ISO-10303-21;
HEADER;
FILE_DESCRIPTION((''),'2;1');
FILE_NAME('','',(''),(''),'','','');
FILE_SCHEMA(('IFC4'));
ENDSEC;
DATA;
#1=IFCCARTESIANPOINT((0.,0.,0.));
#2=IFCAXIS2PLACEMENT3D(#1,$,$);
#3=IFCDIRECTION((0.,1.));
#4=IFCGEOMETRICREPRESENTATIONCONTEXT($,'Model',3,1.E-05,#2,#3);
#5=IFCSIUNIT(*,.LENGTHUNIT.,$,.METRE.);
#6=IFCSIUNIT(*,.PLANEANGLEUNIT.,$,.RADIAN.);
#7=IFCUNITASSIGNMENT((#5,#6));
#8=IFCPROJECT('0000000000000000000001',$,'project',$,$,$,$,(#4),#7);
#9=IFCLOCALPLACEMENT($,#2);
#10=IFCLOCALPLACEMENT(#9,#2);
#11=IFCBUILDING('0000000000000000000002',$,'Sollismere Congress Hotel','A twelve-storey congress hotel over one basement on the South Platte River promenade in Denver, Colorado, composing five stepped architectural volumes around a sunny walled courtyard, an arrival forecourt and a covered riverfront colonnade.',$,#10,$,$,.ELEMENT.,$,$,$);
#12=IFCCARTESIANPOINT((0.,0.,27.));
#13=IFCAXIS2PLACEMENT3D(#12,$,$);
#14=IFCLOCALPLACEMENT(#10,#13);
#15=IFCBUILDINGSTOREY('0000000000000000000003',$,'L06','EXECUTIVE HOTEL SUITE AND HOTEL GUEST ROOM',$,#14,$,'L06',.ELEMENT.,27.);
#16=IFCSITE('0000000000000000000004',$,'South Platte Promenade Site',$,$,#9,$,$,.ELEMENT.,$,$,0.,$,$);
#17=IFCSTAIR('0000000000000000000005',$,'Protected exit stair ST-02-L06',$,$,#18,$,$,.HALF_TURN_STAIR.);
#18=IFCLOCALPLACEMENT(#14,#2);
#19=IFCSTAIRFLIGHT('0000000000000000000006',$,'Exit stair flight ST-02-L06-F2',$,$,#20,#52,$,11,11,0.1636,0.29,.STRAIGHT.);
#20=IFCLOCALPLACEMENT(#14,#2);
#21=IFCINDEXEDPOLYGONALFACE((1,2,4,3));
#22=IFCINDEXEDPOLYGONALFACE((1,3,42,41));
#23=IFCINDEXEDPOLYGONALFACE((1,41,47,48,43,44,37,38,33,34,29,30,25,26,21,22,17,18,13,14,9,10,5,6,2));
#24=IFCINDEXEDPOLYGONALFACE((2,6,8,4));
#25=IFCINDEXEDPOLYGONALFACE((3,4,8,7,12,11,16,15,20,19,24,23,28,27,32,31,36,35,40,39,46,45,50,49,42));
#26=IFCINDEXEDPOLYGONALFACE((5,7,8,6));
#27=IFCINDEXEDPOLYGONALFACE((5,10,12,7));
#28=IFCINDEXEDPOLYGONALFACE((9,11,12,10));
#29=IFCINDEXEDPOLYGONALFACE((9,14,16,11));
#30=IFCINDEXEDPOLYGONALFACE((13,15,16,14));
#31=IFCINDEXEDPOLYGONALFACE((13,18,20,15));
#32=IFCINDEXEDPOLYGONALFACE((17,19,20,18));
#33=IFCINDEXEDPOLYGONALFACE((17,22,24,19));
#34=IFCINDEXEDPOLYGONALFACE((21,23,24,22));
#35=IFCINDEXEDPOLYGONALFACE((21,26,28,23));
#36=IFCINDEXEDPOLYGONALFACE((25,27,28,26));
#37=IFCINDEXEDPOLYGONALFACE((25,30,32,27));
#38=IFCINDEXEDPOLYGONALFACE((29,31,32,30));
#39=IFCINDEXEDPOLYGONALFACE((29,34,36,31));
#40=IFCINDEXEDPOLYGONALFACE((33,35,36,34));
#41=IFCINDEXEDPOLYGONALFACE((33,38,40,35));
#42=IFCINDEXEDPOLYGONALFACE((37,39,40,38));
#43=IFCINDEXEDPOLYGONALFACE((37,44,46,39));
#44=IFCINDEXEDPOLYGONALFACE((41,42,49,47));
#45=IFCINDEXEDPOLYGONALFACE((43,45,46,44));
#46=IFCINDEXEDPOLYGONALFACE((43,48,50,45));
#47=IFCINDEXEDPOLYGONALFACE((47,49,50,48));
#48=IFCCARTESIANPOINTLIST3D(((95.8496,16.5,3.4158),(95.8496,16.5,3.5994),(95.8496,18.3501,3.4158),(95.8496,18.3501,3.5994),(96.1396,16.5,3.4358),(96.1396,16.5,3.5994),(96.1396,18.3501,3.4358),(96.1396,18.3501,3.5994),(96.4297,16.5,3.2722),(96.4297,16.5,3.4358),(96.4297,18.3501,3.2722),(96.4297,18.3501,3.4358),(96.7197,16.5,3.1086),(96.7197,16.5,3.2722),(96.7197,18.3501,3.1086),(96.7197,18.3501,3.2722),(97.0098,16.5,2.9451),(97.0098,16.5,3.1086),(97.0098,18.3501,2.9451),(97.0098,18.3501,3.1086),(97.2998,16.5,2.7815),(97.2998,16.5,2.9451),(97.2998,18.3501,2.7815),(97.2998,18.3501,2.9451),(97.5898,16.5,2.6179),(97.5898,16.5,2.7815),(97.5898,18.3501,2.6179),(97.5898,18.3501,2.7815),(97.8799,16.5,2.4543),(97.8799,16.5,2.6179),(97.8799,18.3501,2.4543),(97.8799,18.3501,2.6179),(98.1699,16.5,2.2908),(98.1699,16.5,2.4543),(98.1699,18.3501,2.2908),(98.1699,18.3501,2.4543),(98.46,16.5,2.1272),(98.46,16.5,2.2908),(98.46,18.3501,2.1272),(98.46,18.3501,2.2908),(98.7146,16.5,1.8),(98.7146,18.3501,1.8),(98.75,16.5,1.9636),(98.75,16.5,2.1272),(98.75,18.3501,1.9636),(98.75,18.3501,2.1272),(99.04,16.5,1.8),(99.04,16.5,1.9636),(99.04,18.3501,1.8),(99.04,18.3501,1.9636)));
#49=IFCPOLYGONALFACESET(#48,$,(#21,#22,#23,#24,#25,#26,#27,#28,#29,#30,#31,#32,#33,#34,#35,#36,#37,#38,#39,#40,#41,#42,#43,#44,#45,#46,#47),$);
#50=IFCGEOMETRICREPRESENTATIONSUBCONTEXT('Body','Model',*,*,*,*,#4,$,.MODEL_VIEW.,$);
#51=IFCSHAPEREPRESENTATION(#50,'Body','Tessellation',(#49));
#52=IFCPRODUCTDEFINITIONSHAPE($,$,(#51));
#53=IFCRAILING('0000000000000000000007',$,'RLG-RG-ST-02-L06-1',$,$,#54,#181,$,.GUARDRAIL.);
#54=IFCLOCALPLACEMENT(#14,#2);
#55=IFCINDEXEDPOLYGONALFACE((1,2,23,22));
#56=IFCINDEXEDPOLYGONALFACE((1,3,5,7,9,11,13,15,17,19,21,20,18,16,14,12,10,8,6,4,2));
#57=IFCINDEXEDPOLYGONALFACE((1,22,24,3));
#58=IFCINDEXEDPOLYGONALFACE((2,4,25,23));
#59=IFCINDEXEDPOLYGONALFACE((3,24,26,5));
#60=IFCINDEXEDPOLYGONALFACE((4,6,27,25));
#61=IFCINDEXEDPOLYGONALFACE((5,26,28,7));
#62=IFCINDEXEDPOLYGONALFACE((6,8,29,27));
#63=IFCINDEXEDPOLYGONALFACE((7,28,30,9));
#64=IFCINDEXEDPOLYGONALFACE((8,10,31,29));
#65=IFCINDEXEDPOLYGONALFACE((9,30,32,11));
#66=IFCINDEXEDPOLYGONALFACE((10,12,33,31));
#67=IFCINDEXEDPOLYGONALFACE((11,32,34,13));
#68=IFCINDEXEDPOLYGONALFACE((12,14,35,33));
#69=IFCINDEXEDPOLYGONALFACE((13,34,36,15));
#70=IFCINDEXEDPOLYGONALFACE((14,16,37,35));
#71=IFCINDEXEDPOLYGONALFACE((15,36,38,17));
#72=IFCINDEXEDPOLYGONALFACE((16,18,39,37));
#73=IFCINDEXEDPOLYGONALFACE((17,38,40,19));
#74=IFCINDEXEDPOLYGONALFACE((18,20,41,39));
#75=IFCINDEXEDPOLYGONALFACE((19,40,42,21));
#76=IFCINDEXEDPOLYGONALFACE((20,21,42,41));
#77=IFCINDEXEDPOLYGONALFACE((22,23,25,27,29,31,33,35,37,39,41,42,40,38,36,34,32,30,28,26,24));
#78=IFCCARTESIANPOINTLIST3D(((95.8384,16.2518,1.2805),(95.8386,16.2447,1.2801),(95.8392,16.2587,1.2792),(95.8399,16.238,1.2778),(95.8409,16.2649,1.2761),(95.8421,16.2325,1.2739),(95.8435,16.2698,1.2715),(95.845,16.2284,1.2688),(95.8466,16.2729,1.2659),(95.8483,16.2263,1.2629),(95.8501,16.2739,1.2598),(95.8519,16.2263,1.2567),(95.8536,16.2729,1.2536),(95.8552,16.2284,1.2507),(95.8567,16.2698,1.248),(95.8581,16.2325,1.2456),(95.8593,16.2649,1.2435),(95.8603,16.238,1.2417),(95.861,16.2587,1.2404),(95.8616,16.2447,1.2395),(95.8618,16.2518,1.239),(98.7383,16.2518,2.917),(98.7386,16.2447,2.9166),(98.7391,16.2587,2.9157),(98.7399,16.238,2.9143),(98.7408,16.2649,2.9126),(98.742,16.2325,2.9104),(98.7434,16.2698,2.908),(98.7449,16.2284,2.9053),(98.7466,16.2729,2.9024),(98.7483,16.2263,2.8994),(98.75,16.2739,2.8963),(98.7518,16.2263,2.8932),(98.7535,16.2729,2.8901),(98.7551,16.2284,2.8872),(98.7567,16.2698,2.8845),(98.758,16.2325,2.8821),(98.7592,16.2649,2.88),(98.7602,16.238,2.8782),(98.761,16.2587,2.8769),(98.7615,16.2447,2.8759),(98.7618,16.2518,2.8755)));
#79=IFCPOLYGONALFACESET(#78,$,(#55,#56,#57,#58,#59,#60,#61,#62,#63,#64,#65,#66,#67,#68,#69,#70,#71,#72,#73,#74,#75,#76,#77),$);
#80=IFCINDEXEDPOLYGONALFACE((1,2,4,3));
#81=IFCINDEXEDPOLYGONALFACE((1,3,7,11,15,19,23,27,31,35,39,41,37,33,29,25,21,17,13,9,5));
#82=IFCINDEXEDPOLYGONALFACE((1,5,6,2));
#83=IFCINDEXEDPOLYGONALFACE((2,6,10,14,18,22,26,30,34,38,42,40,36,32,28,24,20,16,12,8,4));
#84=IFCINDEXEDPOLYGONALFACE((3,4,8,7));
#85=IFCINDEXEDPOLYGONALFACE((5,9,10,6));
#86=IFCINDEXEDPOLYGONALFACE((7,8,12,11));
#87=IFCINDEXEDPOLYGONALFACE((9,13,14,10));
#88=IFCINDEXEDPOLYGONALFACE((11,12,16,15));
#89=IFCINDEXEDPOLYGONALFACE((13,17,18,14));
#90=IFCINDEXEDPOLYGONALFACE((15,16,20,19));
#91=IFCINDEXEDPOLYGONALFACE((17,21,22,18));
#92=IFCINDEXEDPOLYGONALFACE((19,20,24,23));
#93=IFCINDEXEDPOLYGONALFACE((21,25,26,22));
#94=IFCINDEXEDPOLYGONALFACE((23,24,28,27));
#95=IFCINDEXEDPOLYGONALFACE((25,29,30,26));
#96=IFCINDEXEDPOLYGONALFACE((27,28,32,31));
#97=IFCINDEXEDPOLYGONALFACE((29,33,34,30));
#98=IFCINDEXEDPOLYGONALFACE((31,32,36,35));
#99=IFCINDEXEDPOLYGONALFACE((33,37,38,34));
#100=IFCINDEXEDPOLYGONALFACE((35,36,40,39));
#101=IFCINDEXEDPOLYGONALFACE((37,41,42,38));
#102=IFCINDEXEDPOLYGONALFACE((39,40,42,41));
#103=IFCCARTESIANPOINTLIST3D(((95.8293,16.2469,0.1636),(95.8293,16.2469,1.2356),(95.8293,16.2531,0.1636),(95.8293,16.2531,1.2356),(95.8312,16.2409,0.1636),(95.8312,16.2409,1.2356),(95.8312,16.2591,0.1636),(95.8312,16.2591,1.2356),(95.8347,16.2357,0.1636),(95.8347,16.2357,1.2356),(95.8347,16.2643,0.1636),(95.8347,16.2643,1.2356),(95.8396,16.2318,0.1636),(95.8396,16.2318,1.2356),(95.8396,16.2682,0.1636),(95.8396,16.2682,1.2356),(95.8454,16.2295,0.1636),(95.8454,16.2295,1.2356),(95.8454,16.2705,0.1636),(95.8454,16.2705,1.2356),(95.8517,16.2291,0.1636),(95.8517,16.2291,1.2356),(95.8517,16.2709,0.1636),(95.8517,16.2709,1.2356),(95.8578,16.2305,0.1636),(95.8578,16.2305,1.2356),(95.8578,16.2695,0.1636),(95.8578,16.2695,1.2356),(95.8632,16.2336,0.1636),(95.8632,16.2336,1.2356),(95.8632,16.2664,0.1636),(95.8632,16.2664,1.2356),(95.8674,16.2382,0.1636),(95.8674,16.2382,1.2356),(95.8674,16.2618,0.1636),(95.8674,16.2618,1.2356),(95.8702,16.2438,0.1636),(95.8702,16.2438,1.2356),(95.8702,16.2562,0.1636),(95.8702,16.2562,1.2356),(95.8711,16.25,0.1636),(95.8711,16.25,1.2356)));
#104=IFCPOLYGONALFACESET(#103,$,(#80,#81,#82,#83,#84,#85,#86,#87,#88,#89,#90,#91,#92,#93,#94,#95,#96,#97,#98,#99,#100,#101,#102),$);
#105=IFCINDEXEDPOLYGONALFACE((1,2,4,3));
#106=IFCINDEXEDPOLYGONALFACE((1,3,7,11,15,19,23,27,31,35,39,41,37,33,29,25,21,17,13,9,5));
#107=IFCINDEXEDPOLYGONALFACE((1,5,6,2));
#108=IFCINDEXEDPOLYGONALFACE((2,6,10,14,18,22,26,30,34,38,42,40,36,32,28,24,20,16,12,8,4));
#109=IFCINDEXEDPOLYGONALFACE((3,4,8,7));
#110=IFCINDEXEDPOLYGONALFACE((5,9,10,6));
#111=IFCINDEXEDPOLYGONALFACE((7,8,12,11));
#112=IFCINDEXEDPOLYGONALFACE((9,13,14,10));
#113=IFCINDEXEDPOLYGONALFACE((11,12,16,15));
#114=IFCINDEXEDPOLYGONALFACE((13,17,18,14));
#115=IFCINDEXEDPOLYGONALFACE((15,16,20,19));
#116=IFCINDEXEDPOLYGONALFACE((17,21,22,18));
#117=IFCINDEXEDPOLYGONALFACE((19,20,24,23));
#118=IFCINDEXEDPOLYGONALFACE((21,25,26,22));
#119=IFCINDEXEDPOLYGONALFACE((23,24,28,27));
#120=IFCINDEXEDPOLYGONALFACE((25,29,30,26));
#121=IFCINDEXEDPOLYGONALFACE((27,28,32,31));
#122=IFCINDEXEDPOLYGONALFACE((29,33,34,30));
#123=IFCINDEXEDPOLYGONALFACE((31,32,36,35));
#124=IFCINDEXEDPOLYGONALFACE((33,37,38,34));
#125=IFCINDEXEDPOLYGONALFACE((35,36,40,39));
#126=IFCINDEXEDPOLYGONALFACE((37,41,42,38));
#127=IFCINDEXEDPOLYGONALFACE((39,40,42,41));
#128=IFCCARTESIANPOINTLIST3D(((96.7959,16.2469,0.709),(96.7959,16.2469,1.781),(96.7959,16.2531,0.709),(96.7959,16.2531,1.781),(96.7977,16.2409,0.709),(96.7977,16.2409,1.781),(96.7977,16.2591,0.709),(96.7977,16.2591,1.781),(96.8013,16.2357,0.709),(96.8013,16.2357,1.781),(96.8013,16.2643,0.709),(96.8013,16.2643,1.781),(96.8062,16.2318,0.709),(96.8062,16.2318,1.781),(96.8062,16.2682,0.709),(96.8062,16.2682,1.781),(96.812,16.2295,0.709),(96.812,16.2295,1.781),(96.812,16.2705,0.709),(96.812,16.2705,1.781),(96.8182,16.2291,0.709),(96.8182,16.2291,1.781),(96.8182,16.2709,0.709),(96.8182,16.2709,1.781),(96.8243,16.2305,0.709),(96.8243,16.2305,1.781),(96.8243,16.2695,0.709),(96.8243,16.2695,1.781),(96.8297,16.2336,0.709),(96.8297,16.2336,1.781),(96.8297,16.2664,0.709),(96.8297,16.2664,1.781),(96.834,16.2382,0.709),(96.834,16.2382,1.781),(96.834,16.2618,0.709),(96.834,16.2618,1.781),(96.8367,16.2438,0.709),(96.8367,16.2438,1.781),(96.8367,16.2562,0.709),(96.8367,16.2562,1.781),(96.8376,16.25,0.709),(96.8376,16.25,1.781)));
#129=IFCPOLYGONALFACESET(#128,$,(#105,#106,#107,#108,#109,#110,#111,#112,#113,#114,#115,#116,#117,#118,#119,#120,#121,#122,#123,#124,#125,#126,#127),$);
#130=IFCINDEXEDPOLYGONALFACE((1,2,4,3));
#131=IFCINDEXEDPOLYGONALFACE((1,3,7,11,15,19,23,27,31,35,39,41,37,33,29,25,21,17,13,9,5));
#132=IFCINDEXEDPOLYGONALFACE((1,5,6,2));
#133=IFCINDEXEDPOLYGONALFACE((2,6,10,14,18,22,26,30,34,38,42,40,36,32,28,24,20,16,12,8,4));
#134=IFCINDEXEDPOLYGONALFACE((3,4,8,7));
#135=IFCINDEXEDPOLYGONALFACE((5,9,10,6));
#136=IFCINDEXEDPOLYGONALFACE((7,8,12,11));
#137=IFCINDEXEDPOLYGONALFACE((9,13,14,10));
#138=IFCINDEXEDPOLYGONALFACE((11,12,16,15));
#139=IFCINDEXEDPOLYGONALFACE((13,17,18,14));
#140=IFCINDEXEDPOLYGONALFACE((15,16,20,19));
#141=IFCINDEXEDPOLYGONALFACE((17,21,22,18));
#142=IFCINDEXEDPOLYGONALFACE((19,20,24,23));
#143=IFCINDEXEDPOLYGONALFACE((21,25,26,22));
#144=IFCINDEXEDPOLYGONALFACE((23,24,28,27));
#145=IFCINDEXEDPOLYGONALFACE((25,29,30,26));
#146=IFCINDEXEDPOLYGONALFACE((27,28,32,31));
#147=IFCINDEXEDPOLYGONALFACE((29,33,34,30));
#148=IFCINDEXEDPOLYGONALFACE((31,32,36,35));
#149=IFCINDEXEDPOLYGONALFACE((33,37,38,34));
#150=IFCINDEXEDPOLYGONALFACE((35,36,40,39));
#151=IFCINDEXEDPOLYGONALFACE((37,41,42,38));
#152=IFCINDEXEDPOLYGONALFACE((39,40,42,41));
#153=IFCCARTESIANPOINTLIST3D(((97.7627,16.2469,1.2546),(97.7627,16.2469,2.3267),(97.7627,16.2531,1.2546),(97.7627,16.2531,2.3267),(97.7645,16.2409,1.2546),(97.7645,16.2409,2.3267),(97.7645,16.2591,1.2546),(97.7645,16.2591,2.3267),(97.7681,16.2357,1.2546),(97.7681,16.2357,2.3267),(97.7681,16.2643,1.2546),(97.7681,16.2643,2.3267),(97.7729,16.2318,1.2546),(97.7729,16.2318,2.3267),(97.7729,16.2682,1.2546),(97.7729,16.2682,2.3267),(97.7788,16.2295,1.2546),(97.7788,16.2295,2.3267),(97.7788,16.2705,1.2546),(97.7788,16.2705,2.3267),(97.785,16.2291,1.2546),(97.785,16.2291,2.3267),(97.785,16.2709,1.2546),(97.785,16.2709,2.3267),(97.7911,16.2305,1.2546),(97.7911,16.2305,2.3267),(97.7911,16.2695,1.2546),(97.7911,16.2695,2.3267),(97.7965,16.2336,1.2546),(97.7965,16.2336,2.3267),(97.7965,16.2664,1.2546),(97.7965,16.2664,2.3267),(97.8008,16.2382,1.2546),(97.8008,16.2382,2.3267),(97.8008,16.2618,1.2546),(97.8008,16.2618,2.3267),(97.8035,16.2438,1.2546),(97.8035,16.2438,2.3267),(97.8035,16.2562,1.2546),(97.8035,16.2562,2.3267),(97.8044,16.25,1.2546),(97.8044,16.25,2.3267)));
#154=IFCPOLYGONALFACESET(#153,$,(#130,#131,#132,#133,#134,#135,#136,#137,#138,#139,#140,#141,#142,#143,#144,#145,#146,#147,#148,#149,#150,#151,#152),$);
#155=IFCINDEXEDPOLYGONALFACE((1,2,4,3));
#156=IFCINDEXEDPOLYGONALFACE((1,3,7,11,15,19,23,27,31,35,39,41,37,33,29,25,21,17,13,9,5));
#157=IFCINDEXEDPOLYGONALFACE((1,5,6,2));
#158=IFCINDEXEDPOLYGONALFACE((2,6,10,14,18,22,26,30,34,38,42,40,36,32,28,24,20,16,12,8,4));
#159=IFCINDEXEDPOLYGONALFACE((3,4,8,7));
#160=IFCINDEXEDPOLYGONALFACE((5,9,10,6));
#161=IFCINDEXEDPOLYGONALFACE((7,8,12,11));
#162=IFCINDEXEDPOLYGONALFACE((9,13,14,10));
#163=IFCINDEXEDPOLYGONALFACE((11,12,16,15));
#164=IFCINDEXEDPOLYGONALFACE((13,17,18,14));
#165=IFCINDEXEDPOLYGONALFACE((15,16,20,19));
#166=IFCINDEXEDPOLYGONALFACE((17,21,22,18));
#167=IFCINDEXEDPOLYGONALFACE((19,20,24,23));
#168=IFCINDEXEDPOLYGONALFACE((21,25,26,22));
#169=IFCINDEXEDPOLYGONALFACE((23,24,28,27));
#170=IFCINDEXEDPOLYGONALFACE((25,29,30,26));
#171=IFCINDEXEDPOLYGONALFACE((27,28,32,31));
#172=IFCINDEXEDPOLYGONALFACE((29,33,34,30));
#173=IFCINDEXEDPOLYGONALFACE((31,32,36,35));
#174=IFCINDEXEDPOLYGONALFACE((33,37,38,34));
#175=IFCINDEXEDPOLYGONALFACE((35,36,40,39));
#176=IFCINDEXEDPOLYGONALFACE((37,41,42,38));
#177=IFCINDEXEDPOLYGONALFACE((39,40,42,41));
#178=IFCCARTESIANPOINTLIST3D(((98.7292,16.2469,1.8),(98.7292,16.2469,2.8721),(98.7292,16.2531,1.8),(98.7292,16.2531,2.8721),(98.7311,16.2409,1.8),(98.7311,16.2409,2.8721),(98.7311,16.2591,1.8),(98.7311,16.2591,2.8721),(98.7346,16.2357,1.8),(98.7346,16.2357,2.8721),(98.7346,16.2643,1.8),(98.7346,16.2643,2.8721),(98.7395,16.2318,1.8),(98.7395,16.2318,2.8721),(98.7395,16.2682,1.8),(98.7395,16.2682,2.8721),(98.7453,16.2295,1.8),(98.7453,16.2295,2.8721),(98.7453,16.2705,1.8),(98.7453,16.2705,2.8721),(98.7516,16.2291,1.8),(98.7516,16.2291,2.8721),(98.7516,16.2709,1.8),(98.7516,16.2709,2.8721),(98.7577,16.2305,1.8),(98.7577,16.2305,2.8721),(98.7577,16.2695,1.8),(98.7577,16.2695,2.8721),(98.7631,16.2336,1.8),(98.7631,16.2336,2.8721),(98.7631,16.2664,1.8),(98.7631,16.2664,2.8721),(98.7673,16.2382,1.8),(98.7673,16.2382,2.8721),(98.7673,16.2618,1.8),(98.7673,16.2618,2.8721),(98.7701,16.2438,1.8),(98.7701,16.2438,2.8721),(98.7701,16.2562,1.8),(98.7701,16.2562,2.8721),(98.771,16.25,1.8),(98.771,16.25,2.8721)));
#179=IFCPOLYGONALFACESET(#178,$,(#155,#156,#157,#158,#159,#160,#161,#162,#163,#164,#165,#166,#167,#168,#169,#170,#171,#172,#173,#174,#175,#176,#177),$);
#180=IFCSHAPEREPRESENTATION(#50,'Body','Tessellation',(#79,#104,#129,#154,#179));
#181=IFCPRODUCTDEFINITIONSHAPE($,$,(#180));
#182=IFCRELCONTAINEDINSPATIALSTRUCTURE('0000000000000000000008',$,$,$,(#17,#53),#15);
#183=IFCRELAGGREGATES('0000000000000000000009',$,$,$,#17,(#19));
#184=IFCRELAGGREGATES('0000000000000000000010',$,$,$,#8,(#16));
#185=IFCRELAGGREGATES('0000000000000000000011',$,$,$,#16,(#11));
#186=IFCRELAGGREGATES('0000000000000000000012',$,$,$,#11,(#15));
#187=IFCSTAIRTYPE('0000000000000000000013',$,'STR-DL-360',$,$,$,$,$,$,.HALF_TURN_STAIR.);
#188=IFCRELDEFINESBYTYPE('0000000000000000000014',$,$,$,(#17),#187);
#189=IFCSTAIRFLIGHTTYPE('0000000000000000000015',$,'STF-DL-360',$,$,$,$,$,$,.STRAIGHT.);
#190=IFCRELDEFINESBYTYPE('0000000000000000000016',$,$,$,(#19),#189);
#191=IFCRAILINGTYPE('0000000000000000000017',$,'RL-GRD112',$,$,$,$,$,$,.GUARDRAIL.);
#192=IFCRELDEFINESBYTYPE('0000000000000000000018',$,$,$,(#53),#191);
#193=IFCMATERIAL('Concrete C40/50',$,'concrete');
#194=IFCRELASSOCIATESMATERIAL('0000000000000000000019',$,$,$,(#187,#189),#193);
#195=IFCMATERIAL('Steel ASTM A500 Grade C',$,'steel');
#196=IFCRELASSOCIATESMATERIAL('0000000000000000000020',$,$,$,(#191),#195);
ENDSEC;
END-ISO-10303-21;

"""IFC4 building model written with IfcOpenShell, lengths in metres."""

from ifc_helpers import new_model, si_unit, direction, frame, origin, origin_2d, place, context, subcontext, project, spatial, polyline, circle, outline, extrude, material, type_object, element, aggregate, save


model = new_model("IFC4")

# Units and contexts
model_context = context("Model", 3, precision=1e-05, world=origin(), true_north=direction((0.0, 1.0)))
body_context = subcontext(model_context, "Body", "Model", "MODEL_VIEW")
ifc_project = project(units=[si_unit("LENGTHUNIT", "METRE"), si_unit("PLANEANGLEUNIT", "RADIAN")], contexts=[model_context])

# Site, building, storey
site_placement = place(None, origin())
site = spatial("IfcSite", under=ifc_project, at=site_placement, Name="South Platte Promenade Site", CompositionType="ELEMENT", RefElevation=0.0)
building_placement = place(site_placement, origin())
building = spatial("IfcBuilding", under=site, at=building_placement, Name="Sollismere Congress Hotel", Description="A twelve-storey congress hotel over one basement on the South Platte River promenade in Denver, Colorado, composing five stepped architectural volumes around a sunny walled courtyard, an arrival forecourt and a covered riverfront colonnade.", CompositionType="ELEMENT")
storey_placement = place(building_placement, frame((0.0, 0.0, 27.0)))
storey = spatial("IfcBuildingStorey", under=building, at=storey_placement, Name="L06", Description="EXECUTIVE HOTEL SUITE AND HOTEL GUEST ROOM", LongName="L06", CompositionType="ELEMENT", Elevation=27.0)

# Shared definitions
ifc_material_1 = material(Name="Steel ASTM A500 Grade C", Category="steel")

# Stair, stair flight
ifc_material_2 = material(Name="Concrete C40/50", Category="concrete")
stair_type = type_object("IfcStairType", Name="STR-DL-360", PredefinedType="HALF_TURN_STAIR", material=ifc_material_2)
stair_placement = place(storey_placement, origin())
stair = element("IfcStair", 1, at=stair_placement, inside=storey, type_object=stair_type, Name="Protected exit stair ST-02-L06", PredefinedType="HALF_TURN_STAIR")
stair_flight_type = type_object("IfcStairFlightType", Name="STF-DL-360", PredefinedType="STRAIGHT", material=ifc_material_2)
stair_flight_1_placement = place(storey_placement, frame((99.04, 17.425, 1.8), z_axis=(0.0, 0.0, 1.0), x_axis=(-1.0, 0.0, 0.0)))
stair_flight_1 = element("IfcStairFlight", 2, at=stair_flight_1_placement, type_object=stair_flight_type, Name="Exit stair flight ST-02-L06-F2", NumberOfRisers=11, NumberOfTreads=11, PredefinedType="STRAIGHT", RiserHeight=0.1636, TreadLength=0.29, context=body_context, shape_type="SweptSolid", body=[
    extrude(outline(polyline([(0.0, 0.0), (0.0, 0.1636), (0.29, 0.1636), (0.29, 0.3271), (0.5801, 0.3271), (0.5801, 0.4907), (0.8701, 0.4907), (0.8701, 0.6543), (1.1602, 0.6543), (1.1602, 0.8179), (1.4502, 0.8179), (1.4502, 0.9814), (1.7402, 0.9814), (1.7402, 1.145), (2.0303, 1.145), (2.0303, 1.3086), (2.3203, 1.3086), (2.3203, 1.4722), (2.6104, 1.4722), (2.6104, 1.6357), (2.9004, 1.6357), (2.9004, 1.7993), (3.1904, 1.7993), (3.1904, 1.6157), (0.3254, 0.0), (0.0, 0.0)])), frame((0.0, 0.925, 0.0), z_axis=(0.0, -1.0, 0.0), x_axis=(1.0, 0.0, 0.0)), (0.0, 0.0, 1.0), 1.8501),
])
aggregate(stair, [stair_flight_1])

# Railing
railing_type_1 = type_object("IfcRailingType", Name="RL-GRD112", PredefinedType="GUARDRAIL", material=ifc_material_1)
railing_1_placement = place(storey_placement, frame((95.8501, 16.25, 0.1636)))
element("IfcRailing", 3, at=railing_1_placement, inside=storey, type_object=railing_type_1, Name="RLG-RG-ST-02-L06-1", PredefinedType="GUARDRAIL", context=body_context, shape_type="SweptSolid", body=[
    extrude(circle(Radius=0.0239, at=origin_2d()), frame((0.0, 0.0, 1.0962), z_axis=(0.870897, 0.0, 0.491465), x_axis=(0.0, 1.0, 0.0)), (0.0, 0.0, 1.0), 3.3298),
    extrude(circle(Radius=0.021, at=origin_2d()), origin(), (0.0, 0.0, 1.0), 1.072),
    extrude(circle(Radius=0.021, at=origin_2d()), frame((0.9666, 0.0, 0.5454)), (0.0, 0.0, 1.0), 1.072),
    extrude(circle(Radius=0.021, at=origin_2d()), frame((1.9333, 0.0, 1.0911)), (0.0, 0.0, 1.0), 1.072),
    extrude(circle(Radius=0.021, at=origin_2d()), frame((2.8999, 0.0, 1.6365)), (0.0, 0.0, 1.0), 1.072),
])

save(model, "model.ifc")
